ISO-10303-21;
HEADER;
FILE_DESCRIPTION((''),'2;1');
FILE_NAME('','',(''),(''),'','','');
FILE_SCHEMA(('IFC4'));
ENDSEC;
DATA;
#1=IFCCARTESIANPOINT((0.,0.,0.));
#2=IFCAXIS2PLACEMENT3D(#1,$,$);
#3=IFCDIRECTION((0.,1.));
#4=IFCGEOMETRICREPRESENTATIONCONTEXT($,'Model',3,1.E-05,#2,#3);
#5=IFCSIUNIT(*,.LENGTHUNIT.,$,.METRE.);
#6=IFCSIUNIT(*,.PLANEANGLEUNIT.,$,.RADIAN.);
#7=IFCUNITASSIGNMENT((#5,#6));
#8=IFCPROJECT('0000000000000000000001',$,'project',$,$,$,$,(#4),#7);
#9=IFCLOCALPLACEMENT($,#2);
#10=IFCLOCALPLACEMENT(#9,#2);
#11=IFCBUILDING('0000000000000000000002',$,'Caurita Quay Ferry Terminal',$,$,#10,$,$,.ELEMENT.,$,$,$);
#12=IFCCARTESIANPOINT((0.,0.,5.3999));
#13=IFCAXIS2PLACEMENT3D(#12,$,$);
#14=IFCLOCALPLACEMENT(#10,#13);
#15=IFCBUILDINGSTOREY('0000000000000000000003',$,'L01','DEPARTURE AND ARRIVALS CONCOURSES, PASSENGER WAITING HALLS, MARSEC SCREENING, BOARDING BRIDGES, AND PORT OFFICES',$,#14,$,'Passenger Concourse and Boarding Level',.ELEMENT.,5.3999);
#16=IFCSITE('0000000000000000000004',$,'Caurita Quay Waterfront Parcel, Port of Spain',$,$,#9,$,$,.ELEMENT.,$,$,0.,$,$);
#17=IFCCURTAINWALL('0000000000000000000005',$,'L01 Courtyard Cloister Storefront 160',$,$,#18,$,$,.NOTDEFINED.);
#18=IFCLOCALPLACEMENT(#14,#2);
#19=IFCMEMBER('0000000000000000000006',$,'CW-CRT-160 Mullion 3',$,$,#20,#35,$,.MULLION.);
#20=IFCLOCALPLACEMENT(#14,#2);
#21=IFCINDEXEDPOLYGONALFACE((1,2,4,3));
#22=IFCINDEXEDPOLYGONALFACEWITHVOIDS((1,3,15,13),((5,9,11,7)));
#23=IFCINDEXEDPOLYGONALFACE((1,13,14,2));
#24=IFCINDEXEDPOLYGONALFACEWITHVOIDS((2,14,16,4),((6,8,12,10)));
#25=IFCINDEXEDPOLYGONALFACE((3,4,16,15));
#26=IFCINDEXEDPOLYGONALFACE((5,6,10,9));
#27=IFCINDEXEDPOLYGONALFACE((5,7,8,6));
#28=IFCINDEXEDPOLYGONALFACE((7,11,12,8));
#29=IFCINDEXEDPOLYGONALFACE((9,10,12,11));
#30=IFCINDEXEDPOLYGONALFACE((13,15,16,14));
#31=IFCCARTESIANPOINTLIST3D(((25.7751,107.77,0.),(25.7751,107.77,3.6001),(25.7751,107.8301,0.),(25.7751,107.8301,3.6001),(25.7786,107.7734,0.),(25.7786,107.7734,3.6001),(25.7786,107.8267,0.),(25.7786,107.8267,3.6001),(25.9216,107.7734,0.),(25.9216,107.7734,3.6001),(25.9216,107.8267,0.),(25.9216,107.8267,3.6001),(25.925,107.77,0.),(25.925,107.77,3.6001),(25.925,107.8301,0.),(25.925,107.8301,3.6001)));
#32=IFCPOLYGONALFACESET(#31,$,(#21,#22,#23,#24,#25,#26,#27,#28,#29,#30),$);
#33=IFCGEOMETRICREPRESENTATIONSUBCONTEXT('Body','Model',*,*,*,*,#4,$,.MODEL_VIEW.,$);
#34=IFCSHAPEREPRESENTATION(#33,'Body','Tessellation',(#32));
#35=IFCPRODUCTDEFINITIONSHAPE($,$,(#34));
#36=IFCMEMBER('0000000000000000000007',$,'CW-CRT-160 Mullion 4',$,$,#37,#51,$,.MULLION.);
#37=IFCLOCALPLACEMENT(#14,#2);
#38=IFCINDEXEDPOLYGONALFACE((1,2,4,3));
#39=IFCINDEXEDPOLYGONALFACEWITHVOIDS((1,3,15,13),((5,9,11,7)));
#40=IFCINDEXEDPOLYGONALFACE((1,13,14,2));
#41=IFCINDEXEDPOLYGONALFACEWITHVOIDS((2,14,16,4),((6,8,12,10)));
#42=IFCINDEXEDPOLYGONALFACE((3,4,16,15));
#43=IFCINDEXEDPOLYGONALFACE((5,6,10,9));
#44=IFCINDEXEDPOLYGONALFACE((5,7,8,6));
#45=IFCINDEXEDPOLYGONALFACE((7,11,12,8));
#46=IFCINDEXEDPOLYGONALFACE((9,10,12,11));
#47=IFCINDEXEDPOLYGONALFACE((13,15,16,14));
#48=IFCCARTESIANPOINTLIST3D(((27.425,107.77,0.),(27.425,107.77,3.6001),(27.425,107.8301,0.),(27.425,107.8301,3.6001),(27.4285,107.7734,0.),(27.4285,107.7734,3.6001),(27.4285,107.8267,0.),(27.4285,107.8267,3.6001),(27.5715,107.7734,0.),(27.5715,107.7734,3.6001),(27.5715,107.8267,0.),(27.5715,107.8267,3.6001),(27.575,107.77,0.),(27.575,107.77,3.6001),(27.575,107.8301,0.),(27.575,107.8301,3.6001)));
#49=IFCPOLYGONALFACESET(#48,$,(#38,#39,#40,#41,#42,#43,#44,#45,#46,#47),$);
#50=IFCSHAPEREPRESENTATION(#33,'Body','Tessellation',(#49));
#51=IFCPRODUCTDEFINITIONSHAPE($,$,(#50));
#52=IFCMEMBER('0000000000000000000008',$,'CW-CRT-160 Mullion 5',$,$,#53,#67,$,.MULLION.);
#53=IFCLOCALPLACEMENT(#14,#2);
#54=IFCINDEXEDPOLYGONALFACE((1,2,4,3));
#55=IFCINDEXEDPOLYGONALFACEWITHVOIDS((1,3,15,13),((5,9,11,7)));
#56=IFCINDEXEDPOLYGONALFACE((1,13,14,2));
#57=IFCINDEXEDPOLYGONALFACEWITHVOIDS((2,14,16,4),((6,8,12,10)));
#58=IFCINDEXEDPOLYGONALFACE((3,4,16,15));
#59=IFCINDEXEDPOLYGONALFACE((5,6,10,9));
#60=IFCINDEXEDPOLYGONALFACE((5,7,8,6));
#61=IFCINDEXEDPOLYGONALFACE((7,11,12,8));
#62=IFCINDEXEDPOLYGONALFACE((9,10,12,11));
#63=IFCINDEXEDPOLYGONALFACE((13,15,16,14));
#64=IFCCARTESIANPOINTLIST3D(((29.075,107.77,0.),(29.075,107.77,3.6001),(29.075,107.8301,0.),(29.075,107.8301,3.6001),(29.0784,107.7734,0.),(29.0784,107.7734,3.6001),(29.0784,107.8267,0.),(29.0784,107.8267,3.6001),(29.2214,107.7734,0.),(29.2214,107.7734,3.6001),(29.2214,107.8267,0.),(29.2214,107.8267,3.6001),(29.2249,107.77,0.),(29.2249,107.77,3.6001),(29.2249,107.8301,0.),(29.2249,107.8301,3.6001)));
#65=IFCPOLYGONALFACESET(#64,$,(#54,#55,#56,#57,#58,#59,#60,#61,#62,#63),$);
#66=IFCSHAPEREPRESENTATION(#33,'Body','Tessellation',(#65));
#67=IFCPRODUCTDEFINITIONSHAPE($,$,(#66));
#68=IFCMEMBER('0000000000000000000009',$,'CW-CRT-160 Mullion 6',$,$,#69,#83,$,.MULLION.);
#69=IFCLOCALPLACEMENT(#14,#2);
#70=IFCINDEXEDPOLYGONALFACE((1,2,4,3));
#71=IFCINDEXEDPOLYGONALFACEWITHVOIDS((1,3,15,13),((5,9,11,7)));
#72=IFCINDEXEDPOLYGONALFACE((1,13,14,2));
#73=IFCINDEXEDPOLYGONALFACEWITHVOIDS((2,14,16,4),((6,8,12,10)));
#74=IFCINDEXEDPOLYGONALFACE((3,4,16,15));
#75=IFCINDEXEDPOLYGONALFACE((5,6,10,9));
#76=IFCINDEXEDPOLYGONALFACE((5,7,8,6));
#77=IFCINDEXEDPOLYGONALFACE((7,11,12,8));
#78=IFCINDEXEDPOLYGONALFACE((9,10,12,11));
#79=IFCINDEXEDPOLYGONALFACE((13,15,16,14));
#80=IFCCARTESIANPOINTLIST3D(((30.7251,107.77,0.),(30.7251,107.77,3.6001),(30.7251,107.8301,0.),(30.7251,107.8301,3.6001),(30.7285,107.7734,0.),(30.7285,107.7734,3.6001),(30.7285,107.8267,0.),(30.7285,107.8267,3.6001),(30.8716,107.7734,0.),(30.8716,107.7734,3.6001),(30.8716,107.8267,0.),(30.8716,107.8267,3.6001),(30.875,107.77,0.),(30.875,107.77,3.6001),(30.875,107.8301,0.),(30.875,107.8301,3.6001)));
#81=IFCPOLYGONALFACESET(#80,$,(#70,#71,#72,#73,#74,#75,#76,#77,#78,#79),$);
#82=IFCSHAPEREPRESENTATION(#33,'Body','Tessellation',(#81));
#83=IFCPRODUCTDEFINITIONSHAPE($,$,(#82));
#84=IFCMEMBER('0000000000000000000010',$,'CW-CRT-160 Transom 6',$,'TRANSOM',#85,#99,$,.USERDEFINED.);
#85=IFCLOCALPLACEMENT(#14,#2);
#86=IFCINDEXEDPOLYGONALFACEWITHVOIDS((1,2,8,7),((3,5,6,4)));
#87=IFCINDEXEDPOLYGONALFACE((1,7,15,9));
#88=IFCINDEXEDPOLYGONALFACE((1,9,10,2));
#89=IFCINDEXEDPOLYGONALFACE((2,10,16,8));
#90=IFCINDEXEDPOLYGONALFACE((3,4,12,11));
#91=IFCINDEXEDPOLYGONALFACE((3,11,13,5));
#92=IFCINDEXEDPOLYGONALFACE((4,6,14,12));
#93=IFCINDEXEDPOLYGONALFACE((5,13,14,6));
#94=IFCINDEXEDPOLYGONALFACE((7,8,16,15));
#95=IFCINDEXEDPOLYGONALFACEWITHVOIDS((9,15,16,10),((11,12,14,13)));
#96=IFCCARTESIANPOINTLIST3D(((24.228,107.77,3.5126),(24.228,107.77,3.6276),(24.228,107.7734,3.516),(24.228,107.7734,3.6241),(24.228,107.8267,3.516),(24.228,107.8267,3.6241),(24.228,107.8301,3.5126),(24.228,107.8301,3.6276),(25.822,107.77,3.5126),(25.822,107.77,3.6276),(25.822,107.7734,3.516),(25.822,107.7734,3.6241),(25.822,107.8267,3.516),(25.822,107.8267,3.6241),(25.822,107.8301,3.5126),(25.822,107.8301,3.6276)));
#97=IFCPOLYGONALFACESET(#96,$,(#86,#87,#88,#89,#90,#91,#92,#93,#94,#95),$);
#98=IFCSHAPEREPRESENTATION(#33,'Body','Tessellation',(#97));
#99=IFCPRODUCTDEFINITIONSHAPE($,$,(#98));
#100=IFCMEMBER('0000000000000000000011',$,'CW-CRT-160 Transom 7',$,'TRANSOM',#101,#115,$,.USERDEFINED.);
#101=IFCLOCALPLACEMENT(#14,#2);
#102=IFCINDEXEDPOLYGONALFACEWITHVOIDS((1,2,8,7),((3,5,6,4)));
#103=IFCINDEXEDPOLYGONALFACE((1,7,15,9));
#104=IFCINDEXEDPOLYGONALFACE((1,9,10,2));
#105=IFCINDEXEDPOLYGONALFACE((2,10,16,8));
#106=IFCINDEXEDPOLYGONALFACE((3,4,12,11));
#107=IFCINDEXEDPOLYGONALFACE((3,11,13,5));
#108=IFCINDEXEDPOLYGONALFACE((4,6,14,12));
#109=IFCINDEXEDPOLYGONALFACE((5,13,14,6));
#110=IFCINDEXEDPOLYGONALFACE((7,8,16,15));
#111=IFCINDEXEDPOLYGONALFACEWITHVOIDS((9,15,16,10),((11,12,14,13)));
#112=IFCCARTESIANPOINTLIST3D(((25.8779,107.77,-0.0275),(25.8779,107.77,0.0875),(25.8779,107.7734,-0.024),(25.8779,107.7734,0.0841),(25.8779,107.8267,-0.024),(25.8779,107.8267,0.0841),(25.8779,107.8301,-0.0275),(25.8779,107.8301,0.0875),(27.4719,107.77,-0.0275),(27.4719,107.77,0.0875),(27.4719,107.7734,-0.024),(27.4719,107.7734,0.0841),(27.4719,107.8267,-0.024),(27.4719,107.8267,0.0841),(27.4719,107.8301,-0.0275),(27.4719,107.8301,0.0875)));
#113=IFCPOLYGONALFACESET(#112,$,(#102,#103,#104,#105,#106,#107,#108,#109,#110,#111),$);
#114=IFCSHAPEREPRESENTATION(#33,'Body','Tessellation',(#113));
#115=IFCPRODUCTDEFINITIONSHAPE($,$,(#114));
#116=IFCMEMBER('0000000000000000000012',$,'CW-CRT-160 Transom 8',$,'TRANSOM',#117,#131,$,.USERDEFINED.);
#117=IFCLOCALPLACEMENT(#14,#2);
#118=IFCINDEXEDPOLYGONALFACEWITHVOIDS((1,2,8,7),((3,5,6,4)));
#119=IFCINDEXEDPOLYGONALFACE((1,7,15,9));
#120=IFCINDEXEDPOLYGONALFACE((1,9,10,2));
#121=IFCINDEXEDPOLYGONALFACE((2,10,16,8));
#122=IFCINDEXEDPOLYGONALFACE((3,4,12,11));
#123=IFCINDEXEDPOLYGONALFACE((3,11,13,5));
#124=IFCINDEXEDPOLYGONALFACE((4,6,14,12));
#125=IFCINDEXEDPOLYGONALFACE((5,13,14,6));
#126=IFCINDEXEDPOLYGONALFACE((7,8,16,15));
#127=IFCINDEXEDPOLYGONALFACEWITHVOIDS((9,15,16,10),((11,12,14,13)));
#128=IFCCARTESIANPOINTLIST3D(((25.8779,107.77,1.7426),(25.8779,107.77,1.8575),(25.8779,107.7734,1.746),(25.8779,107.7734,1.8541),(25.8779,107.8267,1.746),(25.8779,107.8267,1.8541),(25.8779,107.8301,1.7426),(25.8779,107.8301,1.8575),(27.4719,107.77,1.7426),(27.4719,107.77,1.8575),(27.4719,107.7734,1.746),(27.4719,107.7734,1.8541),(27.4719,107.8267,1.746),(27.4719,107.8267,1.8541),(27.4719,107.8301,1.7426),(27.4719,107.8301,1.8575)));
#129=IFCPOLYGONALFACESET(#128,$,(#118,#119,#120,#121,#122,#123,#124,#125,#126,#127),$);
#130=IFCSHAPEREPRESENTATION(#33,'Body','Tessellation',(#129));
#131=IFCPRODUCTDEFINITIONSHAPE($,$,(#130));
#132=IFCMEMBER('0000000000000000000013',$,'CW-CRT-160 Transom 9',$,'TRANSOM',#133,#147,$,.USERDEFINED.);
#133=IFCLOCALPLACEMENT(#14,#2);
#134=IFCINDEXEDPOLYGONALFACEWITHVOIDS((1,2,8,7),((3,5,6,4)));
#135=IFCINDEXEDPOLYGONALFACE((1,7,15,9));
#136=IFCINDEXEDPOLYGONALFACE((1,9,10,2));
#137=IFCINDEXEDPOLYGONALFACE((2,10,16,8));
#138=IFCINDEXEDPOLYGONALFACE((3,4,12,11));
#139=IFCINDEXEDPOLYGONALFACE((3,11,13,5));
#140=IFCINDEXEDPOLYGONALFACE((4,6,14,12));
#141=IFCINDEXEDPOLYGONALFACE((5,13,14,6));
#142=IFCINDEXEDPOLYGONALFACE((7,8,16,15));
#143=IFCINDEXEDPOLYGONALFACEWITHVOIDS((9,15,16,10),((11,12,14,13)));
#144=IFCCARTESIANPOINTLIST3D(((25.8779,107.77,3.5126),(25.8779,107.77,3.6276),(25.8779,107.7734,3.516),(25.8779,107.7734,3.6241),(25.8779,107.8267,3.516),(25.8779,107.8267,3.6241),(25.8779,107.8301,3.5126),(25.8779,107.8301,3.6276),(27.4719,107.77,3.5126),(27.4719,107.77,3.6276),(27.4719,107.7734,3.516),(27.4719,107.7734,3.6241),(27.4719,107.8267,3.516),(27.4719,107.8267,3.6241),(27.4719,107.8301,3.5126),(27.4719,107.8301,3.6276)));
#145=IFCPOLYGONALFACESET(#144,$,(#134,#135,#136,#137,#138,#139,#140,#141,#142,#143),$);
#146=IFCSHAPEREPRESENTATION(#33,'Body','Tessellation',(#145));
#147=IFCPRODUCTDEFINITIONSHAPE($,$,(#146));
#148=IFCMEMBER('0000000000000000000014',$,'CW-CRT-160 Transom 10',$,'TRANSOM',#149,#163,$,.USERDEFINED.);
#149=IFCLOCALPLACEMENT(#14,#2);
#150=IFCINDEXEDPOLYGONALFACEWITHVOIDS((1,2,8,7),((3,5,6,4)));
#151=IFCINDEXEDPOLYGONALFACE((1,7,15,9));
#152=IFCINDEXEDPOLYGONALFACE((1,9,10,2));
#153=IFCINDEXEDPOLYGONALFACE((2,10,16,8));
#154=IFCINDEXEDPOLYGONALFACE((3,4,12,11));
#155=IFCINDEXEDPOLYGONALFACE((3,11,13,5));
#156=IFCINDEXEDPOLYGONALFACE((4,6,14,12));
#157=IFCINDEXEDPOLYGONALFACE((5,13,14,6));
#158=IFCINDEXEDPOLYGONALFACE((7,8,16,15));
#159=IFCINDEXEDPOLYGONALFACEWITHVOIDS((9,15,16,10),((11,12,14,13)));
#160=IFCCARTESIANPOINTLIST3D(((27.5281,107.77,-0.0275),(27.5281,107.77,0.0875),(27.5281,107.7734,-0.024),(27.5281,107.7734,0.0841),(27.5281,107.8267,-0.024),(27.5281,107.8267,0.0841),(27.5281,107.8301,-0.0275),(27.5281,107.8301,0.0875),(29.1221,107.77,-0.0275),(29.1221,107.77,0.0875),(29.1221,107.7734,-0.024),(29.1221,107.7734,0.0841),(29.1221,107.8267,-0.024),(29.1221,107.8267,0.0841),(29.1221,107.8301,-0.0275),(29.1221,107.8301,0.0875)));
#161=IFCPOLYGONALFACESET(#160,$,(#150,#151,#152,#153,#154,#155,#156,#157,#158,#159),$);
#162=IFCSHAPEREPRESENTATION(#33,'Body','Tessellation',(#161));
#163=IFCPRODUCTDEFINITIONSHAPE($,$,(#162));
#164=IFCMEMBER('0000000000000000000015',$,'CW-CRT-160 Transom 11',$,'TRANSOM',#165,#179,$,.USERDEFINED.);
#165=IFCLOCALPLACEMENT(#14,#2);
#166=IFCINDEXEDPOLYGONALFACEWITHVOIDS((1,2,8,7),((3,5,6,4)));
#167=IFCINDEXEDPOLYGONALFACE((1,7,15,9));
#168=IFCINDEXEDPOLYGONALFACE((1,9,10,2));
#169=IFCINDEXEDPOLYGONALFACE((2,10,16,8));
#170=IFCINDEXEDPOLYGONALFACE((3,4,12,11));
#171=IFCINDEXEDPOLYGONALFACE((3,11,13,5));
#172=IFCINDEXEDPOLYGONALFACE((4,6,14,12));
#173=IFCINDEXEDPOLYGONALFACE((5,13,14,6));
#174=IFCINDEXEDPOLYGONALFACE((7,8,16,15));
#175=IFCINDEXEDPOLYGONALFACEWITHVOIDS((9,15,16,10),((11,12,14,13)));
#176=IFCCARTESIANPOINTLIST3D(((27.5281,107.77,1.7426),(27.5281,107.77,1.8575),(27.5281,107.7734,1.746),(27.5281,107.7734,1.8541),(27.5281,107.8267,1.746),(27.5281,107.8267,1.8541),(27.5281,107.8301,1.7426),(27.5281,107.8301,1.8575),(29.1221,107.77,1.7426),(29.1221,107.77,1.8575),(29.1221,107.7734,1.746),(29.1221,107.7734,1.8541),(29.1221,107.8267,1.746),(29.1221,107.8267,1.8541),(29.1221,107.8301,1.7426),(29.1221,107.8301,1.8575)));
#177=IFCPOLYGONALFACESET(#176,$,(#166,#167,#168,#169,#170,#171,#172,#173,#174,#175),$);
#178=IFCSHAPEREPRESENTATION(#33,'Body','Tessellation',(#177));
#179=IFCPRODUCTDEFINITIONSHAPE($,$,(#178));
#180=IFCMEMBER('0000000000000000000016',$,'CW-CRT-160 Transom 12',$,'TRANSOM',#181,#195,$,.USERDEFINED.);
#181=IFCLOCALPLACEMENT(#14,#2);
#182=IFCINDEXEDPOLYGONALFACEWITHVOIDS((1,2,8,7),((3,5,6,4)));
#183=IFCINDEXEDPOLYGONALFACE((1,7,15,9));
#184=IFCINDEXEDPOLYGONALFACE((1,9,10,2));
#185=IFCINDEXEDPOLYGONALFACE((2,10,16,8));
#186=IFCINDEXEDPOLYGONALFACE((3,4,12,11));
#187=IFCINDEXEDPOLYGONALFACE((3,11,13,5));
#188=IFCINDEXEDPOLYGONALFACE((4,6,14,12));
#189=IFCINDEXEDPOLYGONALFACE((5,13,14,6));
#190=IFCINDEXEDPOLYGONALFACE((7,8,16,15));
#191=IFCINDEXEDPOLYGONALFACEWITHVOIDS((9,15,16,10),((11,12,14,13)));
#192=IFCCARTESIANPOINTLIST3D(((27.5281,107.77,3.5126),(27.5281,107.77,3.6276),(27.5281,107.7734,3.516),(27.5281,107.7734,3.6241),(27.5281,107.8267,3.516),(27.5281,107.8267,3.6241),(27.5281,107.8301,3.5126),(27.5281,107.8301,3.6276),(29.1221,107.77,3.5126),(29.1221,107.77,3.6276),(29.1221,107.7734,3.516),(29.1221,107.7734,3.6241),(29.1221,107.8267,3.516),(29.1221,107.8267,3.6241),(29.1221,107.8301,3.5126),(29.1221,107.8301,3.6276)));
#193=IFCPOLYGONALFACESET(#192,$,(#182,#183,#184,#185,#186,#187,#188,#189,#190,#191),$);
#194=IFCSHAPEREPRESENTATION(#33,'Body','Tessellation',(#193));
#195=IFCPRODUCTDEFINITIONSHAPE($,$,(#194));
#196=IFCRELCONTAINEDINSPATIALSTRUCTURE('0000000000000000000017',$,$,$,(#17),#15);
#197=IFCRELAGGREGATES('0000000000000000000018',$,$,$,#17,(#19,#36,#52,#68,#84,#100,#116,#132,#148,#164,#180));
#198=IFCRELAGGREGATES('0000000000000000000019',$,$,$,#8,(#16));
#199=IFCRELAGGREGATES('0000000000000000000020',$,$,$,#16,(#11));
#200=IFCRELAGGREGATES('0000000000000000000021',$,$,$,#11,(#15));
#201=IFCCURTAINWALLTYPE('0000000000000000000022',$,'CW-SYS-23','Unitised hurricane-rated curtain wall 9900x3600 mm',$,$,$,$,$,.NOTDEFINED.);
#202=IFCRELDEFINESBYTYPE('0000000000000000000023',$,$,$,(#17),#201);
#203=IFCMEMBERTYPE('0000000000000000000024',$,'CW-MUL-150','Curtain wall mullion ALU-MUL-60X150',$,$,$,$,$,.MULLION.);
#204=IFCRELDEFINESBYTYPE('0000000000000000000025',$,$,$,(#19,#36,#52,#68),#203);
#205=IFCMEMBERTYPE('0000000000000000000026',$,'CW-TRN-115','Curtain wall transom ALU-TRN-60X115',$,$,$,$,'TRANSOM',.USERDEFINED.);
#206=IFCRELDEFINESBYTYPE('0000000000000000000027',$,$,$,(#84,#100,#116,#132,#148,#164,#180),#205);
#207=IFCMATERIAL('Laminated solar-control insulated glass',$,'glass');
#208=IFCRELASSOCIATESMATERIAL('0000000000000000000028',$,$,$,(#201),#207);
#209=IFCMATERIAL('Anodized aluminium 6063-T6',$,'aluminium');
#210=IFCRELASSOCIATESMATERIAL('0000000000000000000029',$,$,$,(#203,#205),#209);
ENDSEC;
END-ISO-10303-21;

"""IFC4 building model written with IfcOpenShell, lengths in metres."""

from ifc_helpers import new_model, si_unit, direction, frame, origin, origin_2d, place, context, subcontext, project, spatial, hollow_rectangle, extrude, material, material_profile, profile_set, type_object, element, aggregate, save


model = new_model("IFC4")

# Units and contexts
model_context = context("Model", 3, precision=1e-05, world=origin(), true_north=direction((0.0, 1.0)))
body_context = subcontext(model_context, "Body", "Model", "MODEL_VIEW")
ifc_project = project(units=[si_unit("LENGTHUNIT", "METRE"), si_unit("PLANEANGLEUNIT", "RADIAN")], contexts=[model_context])

# Site, building, storey
site_placement = place(None, origin())
site = spatial("IfcSite", under=ifc_project, at=site_placement, Name="Caurita Quay Waterfront Parcel, Port of Spain", CompositionType="ELEMENT", RefElevation=0.0)
building_placement = place(site_placement, origin())
building = spatial("IfcBuilding", under=site, at=building_placement, Name="Caurita Quay Ferry Terminal", CompositionType="ELEMENT")
storey_placement = place(building_placement, frame((0.0, 0.0, 5.3999)))
storey = spatial("IfcBuildingStorey", under=building, at=storey_placement, Name="L01", Description="DEPARTURE AND ARRIVALS CONCOURSES, PASSENGER WAITING HALLS, MARSEC SCREENING, BOARDING BRIDGES, AND PORT OFFICES", LongName="Passenger Concourse and Boarding Level", CompositionType="ELEMENT", Elevation=5.3999)

# Curtain wall, members
ifc_material_1 = material(Name="Laminated solar-control insulated glass", Category="glass")
curtain_wall_type = type_object("IfcCurtainWallType", Name="CW-SYS-23", Description="Unitised hurricane-rated curtain wall 9900x3600 mm", PredefinedType="NOTDEFINED", material=ifc_material_1)
curtain_wall_placement = place(storey_placement, origin())
curtain_wall = element("IfcCurtainWall", 1, at=curtain_wall_placement, inside=storey, type_object=curtain_wall_type, Name="L01 Courtyard Cloister Storefront 160", PredefinedType="NOTDEFINED")
ifc_material_2 = material(Name="Anodized aluminium 6063-T6", Category="aluminium")
ifc_material_profile_1 = material_profile(ifc_material_2, hollow_rectangle(XDim=0.0601, YDim=0.1499, WallThickness=0.0034, at=origin_2d()), Name="ALU-MUL-60X150")
ifc_profile_set_1 = profile_set([ifc_material_profile_1], Name="Anodized aluminium 6063-T6")
member_type_1 = type_object("IfcMemberType", Name="CW-MUL-150", Description="Curtain wall mullion ALU-MUL-60X150", PredefinedType="MULLION", material=ifc_profile_set_1)
member_1_placement = place(storey_placement, frame((25.8501, 107.8, 0.0), z_axis=(0.0, 0.0, 1.0), x_axis=(0.0, 1.0, 0.0)))
member_1 = element("IfcMember", 2, at=member_1_placement, type_object=member_type_1, Name="CW-CRT-160 Mullion 3", PredefinedType="MULLION", context=body_context, shape_type="SweptSolid", body=[
    extrude(hollow_rectangle(XDim=0.0601, YDim=0.1499, WallThickness=0.0034, at=origin_2d()), origin(), (0.0, 0.0, 1.0), 3.6001),
])
member_2_placement = place(storey_placement, frame((27.5, 107.8, 0.0), z_axis=(0.0, 0.0, 1.0), x_axis=(0.0, 1.0, 0.0)))
member_2 = element("IfcMember", 3, at=member_2_placement, type_object=member_type_1, Name="CW-CRT-160 Mullion 4", PredefinedType="MULLION", context=body_context, shape_type="SweptSolid", body=[
    extrude(hollow_rectangle(XDim=0.0601, YDim=0.1499, WallThickness=0.0034, at=origin_2d()), origin(), (0.0, 0.0, 1.0), 3.6001),
])
member_3_placement = place(storey_placement, frame((29.1499, 107.8, 0.0), z_axis=(0.0, 0.0, 1.0), x_axis=(0.0, 1.0, 0.0)))
member_3 = element("IfcMember", 4, at=member_3_placement, type_object=member_type_1, Name="CW-CRT-160 Mullion 5", PredefinedType="MULLION", context=body_context, shape_type="SweptSolid", body=[
    extrude(hollow_rectangle(XDim=0.0601, YDim=0.1499, WallThickness=0.0034, at=origin_2d()), origin(), (0.0, 0.0, 1.0), 3.6001),
])
member_4_placement = place(storey_placement, frame((30.8, 107.8, 0.0), z_axis=(0.0, 0.0, 1.0), x_axis=(0.0, 1.0, 0.0)))
member_4 = element("IfcMember", 5, at=member_4_placement, type_object=member_type_1, Name="CW-CRT-160 Mullion 6", PredefinedType="MULLION", context=body_context, shape_type="SweptSolid", body=[
    extrude(hollow_rectangle(XDim=0.0601, YDim=0.1499, WallThickness=0.0034, at=origin_2d()), origin(), (0.0, 0.0, 1.0), 3.6001),
])
ifc_material_profile_2 = material_profile(ifc_material_2, hollow_rectangle(XDim=0.0601, YDim=0.115, WallThickness=0.0034, at=origin_2d()), Name="ALU-TRN-60X115")
ifc_profile_set_2 = profile_set([ifc_material_profile_2], Name="Anodized aluminium 6063-T6")
member_type_2 = type_object("IfcMemberType", Name="CW-TRN-115", Description="Curtain wall transom ALU-TRN-60X115", ElementType="TRANSOM", PredefinedType="USERDEFINED", material=ifc_profile_set_2)
member_5_placement = place(storey_placement, frame((24.228, 107.8, 3.5701), z_axis=(1.0, 0.0, 0.0), x_axis=(0.0, 1.0, 0.0)))
member_5 = element("IfcMember", 6, at=member_5_placement, type_object=member_type_2, Name="CW-CRT-160 Transom 6", ObjectType="TRANSOM", PredefinedType="USERDEFINED", context=body_context, shape_type="SweptSolid", body=[
    extrude(hollow_rectangle(XDim=0.0601, YDim=0.115, WallThickness=0.0034, at=origin_2d()), origin(), (0.0, 0.0, 1.0), 1.594),
])
member_6_placement = place(storey_placement, frame((25.8779, 107.8, 0.03), z_axis=(1.0, 0.0, 0.0), x_axis=(0.0, 1.0, 0.0)))
member_6 = element("IfcMember", 7, at=member_6_placement, type_object=member_type_2, Name="CW-CRT-160 Transom 7", ObjectType="TRANSOM", PredefinedType="USERDEFINED", context=body_context, shape_type="SweptSolid", body=[
    extrude(hollow_rectangle(XDim=0.0601, YDim=0.115, WallThickness=0.0034, at=origin_2d()), origin(), (0.0, 0.0, 1.0), 1.594),
])
member_7_placement = place(storey_placement, frame((25.8779, 107.8, 1.8), z_axis=(1.0, 0.0, 0.0), x_axis=(0.0, 1.0, 0.0)))
member_7 = element("IfcMember", 8, at=member_7_placement, type_object=member_type_2, Name="CW-CRT-160 Transom 8", ObjectType="TRANSOM", PredefinedType="USERDEFINED", context=body_context, shape_type="SweptSolid", body=[
    extrude(hollow_rectangle(XDim=0.0601, YDim=0.115, WallThickness=0.0034, at=origin_2d()), origin(), (0.0, 0.0, 1.0), 1.594),
])
member_8_placement = place(storey_placement, frame((25.8779, 107.8, 3.5701), z_axis=(1.0, 0.0, 0.0), x_axis=(0.0, 1.0, 0.0)))
member_8 = element("IfcMember", 9, at=member_8_placement, type_object=member_type_2, Name="CW-CRT-160 Transom 9", ObjectType="TRANSOM", PredefinedType="USERDEFINED", context=body_context, shape_type="SweptSolid", body=[
    extrude(hollow_rectangle(XDim=0.0601, YDim=0.115, WallThickness=0.0034, at=origin_2d()), origin(), (0.0, 0.0, 1.0), 1.594),
])
member_9_placement = place(storey_placement, frame((27.5281, 107.8, 0.03), z_axis=(1.0, 0.0, 0.0), x_axis=(0.0, 1.0, 0.0)))
member_9 = element("IfcMember", 10, at=member_9_placement, type_object=member_type_2, Name="CW-CRT-160 Transom 10", ObjectType="TRANSOM", PredefinedType="USERDEFINED", context=body_context, shape_type="SweptSolid", body=[
    extrude(hollow_rectangle(XDim=0.0601, YDim=0.115, WallThickness=0.0034, at=origin_2d()), origin(), (0.0, 0.0, 1.0), 1.594),
])
member_10_placement = place(storey_placement, frame((27.5281, 107.8, 1.8), z_axis=(1.0, 0.0, 0.0), x_axis=(0.0, 1.0, 0.0)))
member_10 = element("IfcMember", 11, at=member_10_placement, type_object=member_type_2, Name="CW-CRT-160 Transom 11", ObjectType="TRANSOM", PredefinedType="USERDEFINED", context=body_context, shape_type="SweptSolid", body=[
    extrude(hollow_rectangle(XDim=0.0601, YDim=0.115, WallThickness=0.0034, at=origin_2d()), origin(), (0.0, 0.0, 1.0), 1.594),
])
member_11_placement = place(storey_placement, frame((27.5281, 107.8, 3.5701), z_axis=(1.0, 0.0, 0.0), x_axis=(0.0, 1.0, 0.0)))
member_11 = element("IfcMember", 12, at=member_11_placement, type_object=member_type_2, Name="CW-CRT-160 Transom 12", ObjectType="TRANSOM", PredefinedType="USERDEFINED", context=body_context, shape_type="SweptSolid", body=[
    extrude(hollow_rectangle(XDim=0.0601, YDim=0.115, WallThickness=0.0034, at=origin_2d()), origin(), (0.0, 0.0, 1.0), 1.594),
])
aggregate(curtain_wall, [member_1, member_2, member_3, member_4, member_5, member_6, member_7, member_8, member_9, member_10, member_11])

save(model, "model.ifc")
